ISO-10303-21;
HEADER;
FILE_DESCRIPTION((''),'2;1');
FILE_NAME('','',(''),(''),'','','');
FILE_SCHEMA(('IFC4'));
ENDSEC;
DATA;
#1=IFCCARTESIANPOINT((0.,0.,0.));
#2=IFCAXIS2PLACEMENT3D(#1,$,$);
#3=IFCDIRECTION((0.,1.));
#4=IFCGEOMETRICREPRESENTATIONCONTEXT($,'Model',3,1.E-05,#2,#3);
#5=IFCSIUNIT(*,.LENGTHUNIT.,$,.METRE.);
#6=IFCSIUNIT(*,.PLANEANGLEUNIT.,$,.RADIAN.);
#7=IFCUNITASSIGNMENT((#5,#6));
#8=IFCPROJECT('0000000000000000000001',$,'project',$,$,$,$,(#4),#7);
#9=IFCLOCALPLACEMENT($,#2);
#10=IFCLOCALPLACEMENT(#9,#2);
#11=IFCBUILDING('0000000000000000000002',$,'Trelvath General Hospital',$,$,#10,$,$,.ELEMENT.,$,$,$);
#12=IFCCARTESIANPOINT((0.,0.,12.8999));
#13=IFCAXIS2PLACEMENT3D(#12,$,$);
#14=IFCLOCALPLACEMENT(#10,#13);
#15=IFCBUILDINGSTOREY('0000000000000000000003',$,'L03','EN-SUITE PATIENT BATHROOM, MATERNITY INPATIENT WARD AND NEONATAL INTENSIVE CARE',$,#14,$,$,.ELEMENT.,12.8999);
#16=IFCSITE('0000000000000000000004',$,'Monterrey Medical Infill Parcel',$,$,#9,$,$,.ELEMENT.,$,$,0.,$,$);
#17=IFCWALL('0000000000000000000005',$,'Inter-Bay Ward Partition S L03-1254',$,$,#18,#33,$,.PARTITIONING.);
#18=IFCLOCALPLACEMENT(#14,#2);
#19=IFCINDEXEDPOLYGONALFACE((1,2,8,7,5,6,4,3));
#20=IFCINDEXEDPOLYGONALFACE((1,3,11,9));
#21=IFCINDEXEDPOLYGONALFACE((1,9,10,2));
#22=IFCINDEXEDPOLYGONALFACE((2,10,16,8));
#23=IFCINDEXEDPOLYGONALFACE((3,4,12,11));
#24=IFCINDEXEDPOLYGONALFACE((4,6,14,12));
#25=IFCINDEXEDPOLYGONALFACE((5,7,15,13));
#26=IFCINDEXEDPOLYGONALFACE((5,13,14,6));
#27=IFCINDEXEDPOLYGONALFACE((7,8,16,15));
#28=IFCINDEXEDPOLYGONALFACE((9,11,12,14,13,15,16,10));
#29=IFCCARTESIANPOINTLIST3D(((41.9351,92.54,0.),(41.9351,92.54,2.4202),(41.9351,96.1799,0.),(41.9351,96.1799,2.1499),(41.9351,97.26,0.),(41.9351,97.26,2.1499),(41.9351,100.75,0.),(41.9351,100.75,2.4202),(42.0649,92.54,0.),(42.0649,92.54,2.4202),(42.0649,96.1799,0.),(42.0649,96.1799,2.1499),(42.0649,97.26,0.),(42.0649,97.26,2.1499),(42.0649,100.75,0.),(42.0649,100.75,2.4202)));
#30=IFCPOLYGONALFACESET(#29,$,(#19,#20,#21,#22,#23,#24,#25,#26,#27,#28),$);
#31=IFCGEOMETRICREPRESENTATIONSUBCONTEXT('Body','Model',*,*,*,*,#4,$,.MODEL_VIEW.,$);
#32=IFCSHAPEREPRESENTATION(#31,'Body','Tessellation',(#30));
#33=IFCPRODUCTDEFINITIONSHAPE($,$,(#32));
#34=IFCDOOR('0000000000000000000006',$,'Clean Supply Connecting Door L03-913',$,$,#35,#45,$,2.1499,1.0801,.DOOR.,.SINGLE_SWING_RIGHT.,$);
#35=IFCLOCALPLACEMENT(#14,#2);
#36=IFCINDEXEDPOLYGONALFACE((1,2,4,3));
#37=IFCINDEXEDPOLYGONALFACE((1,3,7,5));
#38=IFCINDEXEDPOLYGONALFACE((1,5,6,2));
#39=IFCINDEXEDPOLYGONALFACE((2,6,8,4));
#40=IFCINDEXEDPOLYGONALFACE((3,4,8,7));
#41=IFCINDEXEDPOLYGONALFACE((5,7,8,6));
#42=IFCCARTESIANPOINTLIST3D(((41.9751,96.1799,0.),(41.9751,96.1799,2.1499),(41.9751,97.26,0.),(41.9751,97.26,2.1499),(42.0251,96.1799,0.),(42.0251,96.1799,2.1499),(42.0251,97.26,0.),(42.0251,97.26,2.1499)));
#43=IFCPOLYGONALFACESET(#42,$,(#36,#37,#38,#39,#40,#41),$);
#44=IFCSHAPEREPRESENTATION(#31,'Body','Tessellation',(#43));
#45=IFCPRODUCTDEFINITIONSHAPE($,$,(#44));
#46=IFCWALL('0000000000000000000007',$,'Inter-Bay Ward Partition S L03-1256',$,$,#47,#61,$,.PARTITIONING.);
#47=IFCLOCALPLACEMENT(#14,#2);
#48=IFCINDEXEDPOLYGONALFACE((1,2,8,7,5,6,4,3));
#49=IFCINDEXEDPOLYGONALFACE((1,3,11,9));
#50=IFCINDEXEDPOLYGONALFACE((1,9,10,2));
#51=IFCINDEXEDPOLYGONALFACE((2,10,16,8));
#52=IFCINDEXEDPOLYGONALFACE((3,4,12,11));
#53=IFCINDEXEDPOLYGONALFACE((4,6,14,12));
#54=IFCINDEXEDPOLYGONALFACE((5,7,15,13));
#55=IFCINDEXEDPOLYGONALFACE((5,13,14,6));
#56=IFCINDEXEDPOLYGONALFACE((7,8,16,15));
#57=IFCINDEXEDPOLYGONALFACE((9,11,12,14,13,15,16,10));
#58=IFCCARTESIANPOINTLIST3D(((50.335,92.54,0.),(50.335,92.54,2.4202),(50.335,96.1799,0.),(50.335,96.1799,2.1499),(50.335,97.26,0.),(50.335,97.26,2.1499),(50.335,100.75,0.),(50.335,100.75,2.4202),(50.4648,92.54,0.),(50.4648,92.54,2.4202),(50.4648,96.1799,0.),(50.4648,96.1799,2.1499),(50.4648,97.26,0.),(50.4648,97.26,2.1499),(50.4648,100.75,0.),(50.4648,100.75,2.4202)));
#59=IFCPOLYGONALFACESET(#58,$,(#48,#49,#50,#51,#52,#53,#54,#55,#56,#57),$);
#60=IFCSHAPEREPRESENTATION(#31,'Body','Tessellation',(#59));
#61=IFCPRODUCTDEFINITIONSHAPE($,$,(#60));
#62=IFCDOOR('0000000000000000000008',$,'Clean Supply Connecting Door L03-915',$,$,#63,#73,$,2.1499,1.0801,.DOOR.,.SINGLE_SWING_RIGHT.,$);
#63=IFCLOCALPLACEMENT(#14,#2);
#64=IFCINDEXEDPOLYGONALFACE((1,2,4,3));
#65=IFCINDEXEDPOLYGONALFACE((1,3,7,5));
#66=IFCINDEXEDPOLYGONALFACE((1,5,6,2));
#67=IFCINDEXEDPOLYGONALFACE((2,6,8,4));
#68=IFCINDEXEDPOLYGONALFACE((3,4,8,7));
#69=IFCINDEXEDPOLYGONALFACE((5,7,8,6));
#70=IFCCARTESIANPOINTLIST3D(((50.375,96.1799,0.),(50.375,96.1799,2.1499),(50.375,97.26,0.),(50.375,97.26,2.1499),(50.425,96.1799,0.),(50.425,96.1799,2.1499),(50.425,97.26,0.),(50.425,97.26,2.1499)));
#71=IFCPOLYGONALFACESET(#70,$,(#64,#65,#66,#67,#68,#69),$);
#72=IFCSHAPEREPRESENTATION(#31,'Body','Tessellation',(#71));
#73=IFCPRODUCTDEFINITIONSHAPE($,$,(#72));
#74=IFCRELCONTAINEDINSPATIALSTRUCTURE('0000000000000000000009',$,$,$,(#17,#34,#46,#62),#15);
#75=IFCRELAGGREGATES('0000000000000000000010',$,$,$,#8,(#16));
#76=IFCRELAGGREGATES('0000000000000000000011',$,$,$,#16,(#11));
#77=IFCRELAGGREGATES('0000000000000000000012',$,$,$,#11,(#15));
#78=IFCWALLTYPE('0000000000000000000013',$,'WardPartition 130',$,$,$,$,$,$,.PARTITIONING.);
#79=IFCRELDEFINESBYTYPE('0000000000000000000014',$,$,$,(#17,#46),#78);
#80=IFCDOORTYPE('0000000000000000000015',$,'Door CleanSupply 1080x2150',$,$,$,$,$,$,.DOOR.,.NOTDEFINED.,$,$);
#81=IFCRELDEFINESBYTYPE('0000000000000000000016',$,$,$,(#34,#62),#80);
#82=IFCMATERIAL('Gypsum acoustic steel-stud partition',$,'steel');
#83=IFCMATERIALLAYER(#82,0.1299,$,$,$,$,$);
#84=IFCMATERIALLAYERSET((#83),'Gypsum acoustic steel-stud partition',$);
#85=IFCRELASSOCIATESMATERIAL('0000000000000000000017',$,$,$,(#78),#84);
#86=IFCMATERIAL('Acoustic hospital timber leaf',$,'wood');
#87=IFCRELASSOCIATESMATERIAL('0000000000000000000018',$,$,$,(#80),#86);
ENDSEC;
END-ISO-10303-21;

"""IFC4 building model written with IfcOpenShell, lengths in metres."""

from ifc_helpers import new_model, si_unit, direction, frame, frame_2d, origin, place, context, subcontext, project, spatial, rectangle, extrude, material, layer, layer_set, type_object, element, fill, save


model = new_model("IFC4")

# Units and contexts
model_context = context("Model", 3, precision=1e-05, world=origin(), true_north=direction((0.0, 1.0)))
body_context = subcontext(model_context, "Body", "Model", "MODEL_VIEW")
ifc_project = project(units=[si_unit("LENGTHUNIT", "METRE"), si_unit("PLANEANGLEUNIT", "RADIAN")], contexts=[model_context])

# Site, building, storey
site_placement = place(None, origin())
site = spatial("IfcSite", under=ifc_project, at=site_placement, Name="Monterrey Medical Infill Parcel", CompositionType="ELEMENT", RefElevation=0.0)
building_placement = place(site_placement, origin())
building = spatial("IfcBuilding", under=site, at=building_placement, Name="Trelvath General Hospital", CompositionType="ELEMENT")
storey_placement = place(building_placement, frame((0.0, 0.0, 12.8999)))
storey = spatial("IfcBuildingStorey", under=building, at=storey_placement, Name="L03", Description="EN-SUITE PATIENT BATHROOM, MATERNITY INPATIENT WARD AND NEONATAL INTENSIVE CARE", CompositionType="ELEMENT", Elevation=12.8999)

# Walls, openings, doors
ifc_material_1 = material(Name="Gypsum acoustic steel-stud partition", Category="steel")
ifc_layer_1 = layer(ifc_material_1, 0.1299)
ifc_layer_set_1 = layer_set([ifc_layer_1], Name="Gypsum acoustic steel-stud partition")
wall_type_1 = type_object("IfcWallType", Name="WardPartition 130", PredefinedType="PARTITIONING", material=ifc_layer_set_1)
wall_1_placement = place(storey_placement, frame((42.0, 92.54, 0.0), z_axis=(0.0, 0.0, 1.0), x_axis=(0.0, 1.0, 0.0)))
wall_1 = element("IfcWall", 1, at=wall_1_placement, inside=storey, type_object=wall_type_1, Name="Inter-Bay Ward Partition S L03-1254", PredefinedType="PARTITIONING", context=body_context, shape_type="SweptSolid", body=[
    extrude(rectangle(XDim=8.21, YDim=0.1299, at=frame_2d((4.105, 0.0))), origin(), (0.0, 0.0, 1.0), 2.4202),
])
opening_1_placement = place(wall_1_placement, frame((3.6399, 0.0, 0.0)))
opening_1 = element("IfcOpeningElement", 2, at=opening_1_placement, cuts=wall_1, PredefinedType="OPENING", context=body_context, shape_type="SweptSolid", body=[
    extrude(rectangle(XDim=1.0801, YDim=2.1499, at=frame_2d((0.54, 1.075))), frame((0.0, 0.075, 0.0), z_axis=(0.0, -1.0, 0.0), x_axis=(1.0, 0.0, 0.0)), (0.0, 0.0, 1.0), 0.1499),
])
ifc_material_2 = material(Name="Acoustic hospital timber leaf", Category="wood")
door_type_1 = type_object("IfcDoorType", Name="Door CleanSupply 1080x2150", OperationType="NOTDEFINED", PredefinedType="DOOR", material=ifc_material_2)
door_1_placement = place(opening_1_placement, origin())
door_1 = element("IfcDoor", 3, at=door_1_placement, inside=storey, type_object=door_type_1, Name="Clean Supply Connecting Door L03-913", OperationType="SINGLE_SWING_RIGHT", OverallHeight=2.1499, OverallWidth=1.0801, PredefinedType="DOOR", context=body_context, shape_type="SweptSolid", body=[
    extrude(rectangle(XDim=1.0801, YDim=2.1499, at=frame_2d((0.54, 1.075))), frame((0.0, 0.0249, 0.0), z_axis=(0.0, -1.0, 0.0), x_axis=(1.0, 0.0, 0.0)), (0.0, 0.0, 1.0), 0.05),
])
fill(opening_1, door_1)
wall_2_placement = place(storey_placement, frame((50.3999, 92.54, 0.0), z_axis=(0.0, 0.0, 1.0), x_axis=(0.0, 1.0, 0.0)))
wall_2 = element("IfcWall", 4, at=wall_2_placement, inside=storey, type_object=wall_type_1, Name="Inter-Bay Ward Partition S L03-1256", PredefinedType="PARTITIONING", context=body_context, shape_type="SweptSolid", body=[
    extrude(rectangle(XDim=8.21, YDim=0.1299, at=frame_2d((4.105, 0.0))), origin(), (0.0, 0.0, 1.0), 2.4202),
])
opening_2_placement = place(wall_2_placement, frame((3.6399, 0.0, 0.0)))
opening_2 = element("IfcOpeningElement", 5, at=opening_2_placement, cuts=wall_2, PredefinedType="OPENING", context=body_context, shape_type="SweptSolid", body=[
    extrude(rectangle(XDim=1.0801, YDim=2.1499, at=frame_2d((0.54, 1.075))), frame((0.0, 0.075, 0.0), z_axis=(0.0, -1.0, 0.0), x_axis=(1.0, 0.0, 0.0)), (0.0, 0.0, 1.0), 0.1499),
])
door_2_placement = place(opening_2_placement, origin())
door_2 = element("IfcDoor", 6, at=door_2_placement, inside=storey, type_object=door_type_1, Name="Clean Supply Connecting Door L03-915", OperationType="SINGLE_SWING_RIGHT", OverallHeight=2.1499, OverallWidth=1.0801, PredefinedType="DOOR", context=body_context, shape_type="SweptSolid", body=[
    extrude(rectangle(XDim=1.0801, YDim=2.1499, at=frame_2d((0.54, 1.075))), frame((0.0, 0.0249, 0.0), z_axis=(0.0, -1.0, 0.0), x_axis=(1.0, 0.0, 0.0)), (0.0, 0.0, 1.0), 0.05),
])
fill(opening_2, door_2)

save(model, "model.ifc")
